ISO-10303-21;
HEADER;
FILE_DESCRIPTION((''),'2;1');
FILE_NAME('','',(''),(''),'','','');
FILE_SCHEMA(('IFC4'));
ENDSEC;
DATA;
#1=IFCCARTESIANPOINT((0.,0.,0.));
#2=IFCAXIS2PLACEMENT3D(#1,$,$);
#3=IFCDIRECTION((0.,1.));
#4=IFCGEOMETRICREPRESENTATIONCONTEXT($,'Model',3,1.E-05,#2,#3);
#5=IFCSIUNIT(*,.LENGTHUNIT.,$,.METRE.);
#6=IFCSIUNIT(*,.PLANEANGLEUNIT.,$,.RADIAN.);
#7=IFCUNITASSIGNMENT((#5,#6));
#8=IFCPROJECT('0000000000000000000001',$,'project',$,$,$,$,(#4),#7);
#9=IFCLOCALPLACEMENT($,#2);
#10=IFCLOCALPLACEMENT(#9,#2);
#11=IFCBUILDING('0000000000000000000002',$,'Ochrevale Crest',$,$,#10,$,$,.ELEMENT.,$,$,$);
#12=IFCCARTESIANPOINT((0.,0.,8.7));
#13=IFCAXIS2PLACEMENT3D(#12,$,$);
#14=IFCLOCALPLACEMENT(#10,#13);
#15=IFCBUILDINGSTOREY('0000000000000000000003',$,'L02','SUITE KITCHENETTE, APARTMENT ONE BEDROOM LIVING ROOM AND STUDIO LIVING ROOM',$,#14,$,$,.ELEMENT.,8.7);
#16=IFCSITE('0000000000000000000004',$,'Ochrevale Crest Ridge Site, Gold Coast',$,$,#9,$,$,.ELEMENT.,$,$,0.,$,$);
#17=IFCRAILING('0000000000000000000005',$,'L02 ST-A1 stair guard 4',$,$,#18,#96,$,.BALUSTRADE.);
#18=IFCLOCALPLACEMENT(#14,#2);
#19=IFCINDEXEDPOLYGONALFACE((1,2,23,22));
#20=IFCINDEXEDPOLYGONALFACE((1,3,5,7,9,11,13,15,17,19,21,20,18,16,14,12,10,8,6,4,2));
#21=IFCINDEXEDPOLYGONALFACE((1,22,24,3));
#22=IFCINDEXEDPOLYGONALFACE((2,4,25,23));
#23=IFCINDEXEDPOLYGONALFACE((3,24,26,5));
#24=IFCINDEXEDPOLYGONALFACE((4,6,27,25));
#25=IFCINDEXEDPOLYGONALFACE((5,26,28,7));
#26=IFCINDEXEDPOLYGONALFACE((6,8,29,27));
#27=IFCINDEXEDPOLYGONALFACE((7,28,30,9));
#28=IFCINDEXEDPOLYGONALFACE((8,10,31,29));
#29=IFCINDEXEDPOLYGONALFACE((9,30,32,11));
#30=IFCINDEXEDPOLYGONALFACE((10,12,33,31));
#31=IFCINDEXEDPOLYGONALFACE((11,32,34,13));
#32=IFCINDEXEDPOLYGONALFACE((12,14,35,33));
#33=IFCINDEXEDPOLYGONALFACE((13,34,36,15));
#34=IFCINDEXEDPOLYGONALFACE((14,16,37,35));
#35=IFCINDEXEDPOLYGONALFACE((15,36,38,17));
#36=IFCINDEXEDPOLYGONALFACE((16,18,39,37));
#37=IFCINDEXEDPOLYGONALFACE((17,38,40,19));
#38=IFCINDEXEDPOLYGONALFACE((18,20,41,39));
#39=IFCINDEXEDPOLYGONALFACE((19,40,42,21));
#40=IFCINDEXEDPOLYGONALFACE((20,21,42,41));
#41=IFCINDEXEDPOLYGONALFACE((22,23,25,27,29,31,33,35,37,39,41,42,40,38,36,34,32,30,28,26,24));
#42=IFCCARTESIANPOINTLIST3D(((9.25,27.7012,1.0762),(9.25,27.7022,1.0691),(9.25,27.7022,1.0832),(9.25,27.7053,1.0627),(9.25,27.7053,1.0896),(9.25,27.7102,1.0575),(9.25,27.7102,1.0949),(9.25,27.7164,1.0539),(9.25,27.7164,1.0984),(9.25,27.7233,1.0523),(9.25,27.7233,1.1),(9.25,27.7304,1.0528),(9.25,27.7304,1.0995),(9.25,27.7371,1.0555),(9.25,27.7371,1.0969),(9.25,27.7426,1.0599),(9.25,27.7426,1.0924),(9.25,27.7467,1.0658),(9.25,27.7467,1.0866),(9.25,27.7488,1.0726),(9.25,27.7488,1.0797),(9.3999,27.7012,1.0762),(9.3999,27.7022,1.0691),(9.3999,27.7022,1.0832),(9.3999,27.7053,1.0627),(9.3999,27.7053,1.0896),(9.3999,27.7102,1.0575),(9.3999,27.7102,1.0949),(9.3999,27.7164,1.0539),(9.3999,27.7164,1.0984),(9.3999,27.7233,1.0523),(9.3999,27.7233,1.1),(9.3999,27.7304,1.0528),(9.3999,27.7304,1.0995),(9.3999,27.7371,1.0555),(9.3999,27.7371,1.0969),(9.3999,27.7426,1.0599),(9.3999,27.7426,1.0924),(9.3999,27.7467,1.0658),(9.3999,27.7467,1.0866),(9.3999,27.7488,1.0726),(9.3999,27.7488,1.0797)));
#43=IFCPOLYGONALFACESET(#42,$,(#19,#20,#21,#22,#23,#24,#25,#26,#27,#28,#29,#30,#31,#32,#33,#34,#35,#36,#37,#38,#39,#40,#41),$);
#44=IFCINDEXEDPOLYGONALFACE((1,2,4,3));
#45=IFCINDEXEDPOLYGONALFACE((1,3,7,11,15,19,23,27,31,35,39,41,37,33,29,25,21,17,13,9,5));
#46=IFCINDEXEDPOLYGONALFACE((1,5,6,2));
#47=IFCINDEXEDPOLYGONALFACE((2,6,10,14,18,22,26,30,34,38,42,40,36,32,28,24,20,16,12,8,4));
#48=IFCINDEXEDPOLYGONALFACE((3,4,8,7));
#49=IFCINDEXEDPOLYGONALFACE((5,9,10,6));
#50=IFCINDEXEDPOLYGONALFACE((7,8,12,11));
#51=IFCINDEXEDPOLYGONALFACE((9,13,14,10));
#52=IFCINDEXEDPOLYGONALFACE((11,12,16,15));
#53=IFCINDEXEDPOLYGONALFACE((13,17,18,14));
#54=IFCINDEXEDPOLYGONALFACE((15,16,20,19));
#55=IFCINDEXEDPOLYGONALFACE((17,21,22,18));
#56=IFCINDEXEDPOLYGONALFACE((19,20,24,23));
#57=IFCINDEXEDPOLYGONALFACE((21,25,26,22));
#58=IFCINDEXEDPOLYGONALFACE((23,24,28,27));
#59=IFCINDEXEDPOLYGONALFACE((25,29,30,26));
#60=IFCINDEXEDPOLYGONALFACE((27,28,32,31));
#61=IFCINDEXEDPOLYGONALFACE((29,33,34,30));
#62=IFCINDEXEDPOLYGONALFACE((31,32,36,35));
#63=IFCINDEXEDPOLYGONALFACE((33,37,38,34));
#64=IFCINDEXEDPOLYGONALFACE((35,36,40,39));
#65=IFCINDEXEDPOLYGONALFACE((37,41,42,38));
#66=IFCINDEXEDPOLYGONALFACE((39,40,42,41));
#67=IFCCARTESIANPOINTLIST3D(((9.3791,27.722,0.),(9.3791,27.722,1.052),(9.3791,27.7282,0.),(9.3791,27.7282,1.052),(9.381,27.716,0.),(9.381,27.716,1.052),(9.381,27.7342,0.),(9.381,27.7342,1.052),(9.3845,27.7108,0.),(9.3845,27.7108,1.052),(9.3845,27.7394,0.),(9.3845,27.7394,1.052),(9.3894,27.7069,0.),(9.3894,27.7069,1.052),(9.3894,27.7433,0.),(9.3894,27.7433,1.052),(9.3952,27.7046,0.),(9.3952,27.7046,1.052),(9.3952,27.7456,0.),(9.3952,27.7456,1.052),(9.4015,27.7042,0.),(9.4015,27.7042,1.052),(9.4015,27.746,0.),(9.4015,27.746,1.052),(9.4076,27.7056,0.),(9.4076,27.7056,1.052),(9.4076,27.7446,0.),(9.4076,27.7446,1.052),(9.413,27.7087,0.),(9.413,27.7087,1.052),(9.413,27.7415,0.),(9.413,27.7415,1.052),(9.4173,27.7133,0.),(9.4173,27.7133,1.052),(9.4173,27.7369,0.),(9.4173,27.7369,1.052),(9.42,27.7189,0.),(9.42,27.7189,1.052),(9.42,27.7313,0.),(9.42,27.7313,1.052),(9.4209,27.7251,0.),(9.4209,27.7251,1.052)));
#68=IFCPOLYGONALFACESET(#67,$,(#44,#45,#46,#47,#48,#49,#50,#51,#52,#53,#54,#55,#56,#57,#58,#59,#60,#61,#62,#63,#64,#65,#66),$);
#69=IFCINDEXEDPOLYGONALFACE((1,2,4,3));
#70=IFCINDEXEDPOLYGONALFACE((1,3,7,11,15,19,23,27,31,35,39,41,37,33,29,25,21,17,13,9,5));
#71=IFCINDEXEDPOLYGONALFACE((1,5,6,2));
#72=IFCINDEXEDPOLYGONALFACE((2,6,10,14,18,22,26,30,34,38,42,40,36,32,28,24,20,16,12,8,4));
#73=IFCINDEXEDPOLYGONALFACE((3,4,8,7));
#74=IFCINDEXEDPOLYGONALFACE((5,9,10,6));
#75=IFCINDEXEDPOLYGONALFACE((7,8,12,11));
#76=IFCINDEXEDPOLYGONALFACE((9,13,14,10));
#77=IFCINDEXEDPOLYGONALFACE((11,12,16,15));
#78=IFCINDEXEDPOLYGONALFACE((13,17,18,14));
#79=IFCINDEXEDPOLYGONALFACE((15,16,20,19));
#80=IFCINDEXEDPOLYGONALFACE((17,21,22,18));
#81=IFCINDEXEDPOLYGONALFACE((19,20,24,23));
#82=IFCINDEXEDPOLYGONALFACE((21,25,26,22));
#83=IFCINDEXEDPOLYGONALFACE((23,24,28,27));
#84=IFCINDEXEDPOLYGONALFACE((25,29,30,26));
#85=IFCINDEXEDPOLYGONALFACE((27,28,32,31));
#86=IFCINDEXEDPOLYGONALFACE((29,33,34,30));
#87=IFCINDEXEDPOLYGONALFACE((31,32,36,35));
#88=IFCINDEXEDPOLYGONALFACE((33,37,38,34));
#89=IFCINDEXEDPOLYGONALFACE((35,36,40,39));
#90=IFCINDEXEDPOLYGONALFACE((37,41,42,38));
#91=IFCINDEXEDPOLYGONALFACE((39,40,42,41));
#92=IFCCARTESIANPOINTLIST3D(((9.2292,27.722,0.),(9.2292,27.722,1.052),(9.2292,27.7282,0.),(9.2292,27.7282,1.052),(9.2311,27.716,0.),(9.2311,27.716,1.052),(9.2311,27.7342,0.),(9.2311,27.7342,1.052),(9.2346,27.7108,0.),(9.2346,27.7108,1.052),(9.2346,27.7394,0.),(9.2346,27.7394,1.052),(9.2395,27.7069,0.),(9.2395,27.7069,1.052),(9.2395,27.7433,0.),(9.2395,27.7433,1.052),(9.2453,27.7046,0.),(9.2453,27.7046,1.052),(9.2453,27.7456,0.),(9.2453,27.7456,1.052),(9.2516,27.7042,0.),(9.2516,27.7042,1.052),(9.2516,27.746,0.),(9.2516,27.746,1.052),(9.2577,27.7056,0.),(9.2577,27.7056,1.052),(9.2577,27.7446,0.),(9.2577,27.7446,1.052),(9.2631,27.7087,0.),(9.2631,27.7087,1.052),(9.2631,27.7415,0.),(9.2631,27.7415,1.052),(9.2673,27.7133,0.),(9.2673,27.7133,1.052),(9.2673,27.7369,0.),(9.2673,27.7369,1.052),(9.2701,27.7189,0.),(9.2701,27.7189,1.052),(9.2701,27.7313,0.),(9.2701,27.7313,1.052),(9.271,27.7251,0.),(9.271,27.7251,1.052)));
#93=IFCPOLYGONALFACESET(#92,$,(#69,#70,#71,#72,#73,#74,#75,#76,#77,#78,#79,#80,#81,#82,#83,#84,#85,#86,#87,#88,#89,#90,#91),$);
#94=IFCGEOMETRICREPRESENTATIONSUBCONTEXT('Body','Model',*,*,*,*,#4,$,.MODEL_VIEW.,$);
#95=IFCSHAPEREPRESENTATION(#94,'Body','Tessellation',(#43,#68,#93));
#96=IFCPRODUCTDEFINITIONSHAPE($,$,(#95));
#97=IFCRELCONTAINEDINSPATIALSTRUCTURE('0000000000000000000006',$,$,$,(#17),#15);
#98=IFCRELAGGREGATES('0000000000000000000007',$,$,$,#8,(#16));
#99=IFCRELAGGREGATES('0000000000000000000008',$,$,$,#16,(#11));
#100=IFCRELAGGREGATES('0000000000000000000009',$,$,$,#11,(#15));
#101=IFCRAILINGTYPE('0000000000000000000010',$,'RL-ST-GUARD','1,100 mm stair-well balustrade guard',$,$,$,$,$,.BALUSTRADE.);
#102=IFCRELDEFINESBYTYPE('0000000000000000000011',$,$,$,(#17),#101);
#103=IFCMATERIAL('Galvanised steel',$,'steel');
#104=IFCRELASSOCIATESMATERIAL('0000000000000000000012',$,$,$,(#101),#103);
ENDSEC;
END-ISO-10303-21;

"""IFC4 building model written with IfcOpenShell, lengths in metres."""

from ifc_helpers import new_model, si_unit, direction, frame, origin, origin_2d, place, context, subcontext, project, spatial, circle, extrude, material, type_object, element, save


model = new_model("IFC4")

# Units and contexts
model_context = context("Model", 3, precision=1e-05, world=origin(), true_north=direction((0.0, 1.0)))
body_context = subcontext(model_context, "Body", "Model", "MODEL_VIEW")
ifc_project = project(units=[si_unit("LENGTHUNIT", "METRE"), si_unit("PLANEANGLEUNIT", "RADIAN")], contexts=[model_context])

# Site, building, storey
site_placement = place(None, origin())
site = spatial("IfcSite", under=ifc_project, at=site_placement, Name="Ochrevale Crest Ridge Site, Gold Coast", CompositionType="ELEMENT", RefElevation=0.0)
building_placement = place(site_placement, origin())
building = spatial("IfcBuilding", under=site, at=building_placement, Name="Ochrevale Crest", CompositionType="ELEMENT")
storey_placement = place(building_placement, frame((0.0, 0.0, 8.7)))
storey = spatial("IfcBuildingStorey", under=building, at=storey_placement, Name="L02", Description="SUITE KITCHENETTE, APARTMENT ONE BEDROOM LIVING ROOM AND STUDIO LIVING ROOM", CompositionType="ELEMENT", Elevation=8.7)

# Railing
ifc_material_1 = material(Name="Galvanised steel", Category="steel")
railing_type_1 = type_object("IfcRailingType", Name="RL-ST-GUARD", Description="1,100 mm stair-well balustrade guard", PredefinedType="BALUSTRADE", material=ifc_material_1)
railing_1_placement = place(storey_placement, frame((9.3999, 27.7251, 0.0)))
element("IfcRailing", 1, at=railing_1_placement, inside=storey, type_object=railing_type_1, Name="L02 ST-A1 stair guard 4", PredefinedType="BALUSTRADE", context=body_context, shape_type="SweptSolid", body=[
    extrude(circle(Radius=0.0239, at=origin_2d()), frame((0.0, 0.0, 1.0762), z_axis=(-1.0, 0.0, 0.0), x_axis=(0.0, -1.0, 0.0)), (0.0, 0.0, 1.0), 0.1499),
    extrude(circle(Radius=0.021, at=origin_2d()), origin(), (0.0, 0.0, 1.0), 1.052),
    extrude(circle(Radius=0.021, at=origin_2d()), frame((-0.1499, 0.0, 0.0)), (0.0, 0.0, 1.0), 1.052),
])

save(model, "model.ifc")
